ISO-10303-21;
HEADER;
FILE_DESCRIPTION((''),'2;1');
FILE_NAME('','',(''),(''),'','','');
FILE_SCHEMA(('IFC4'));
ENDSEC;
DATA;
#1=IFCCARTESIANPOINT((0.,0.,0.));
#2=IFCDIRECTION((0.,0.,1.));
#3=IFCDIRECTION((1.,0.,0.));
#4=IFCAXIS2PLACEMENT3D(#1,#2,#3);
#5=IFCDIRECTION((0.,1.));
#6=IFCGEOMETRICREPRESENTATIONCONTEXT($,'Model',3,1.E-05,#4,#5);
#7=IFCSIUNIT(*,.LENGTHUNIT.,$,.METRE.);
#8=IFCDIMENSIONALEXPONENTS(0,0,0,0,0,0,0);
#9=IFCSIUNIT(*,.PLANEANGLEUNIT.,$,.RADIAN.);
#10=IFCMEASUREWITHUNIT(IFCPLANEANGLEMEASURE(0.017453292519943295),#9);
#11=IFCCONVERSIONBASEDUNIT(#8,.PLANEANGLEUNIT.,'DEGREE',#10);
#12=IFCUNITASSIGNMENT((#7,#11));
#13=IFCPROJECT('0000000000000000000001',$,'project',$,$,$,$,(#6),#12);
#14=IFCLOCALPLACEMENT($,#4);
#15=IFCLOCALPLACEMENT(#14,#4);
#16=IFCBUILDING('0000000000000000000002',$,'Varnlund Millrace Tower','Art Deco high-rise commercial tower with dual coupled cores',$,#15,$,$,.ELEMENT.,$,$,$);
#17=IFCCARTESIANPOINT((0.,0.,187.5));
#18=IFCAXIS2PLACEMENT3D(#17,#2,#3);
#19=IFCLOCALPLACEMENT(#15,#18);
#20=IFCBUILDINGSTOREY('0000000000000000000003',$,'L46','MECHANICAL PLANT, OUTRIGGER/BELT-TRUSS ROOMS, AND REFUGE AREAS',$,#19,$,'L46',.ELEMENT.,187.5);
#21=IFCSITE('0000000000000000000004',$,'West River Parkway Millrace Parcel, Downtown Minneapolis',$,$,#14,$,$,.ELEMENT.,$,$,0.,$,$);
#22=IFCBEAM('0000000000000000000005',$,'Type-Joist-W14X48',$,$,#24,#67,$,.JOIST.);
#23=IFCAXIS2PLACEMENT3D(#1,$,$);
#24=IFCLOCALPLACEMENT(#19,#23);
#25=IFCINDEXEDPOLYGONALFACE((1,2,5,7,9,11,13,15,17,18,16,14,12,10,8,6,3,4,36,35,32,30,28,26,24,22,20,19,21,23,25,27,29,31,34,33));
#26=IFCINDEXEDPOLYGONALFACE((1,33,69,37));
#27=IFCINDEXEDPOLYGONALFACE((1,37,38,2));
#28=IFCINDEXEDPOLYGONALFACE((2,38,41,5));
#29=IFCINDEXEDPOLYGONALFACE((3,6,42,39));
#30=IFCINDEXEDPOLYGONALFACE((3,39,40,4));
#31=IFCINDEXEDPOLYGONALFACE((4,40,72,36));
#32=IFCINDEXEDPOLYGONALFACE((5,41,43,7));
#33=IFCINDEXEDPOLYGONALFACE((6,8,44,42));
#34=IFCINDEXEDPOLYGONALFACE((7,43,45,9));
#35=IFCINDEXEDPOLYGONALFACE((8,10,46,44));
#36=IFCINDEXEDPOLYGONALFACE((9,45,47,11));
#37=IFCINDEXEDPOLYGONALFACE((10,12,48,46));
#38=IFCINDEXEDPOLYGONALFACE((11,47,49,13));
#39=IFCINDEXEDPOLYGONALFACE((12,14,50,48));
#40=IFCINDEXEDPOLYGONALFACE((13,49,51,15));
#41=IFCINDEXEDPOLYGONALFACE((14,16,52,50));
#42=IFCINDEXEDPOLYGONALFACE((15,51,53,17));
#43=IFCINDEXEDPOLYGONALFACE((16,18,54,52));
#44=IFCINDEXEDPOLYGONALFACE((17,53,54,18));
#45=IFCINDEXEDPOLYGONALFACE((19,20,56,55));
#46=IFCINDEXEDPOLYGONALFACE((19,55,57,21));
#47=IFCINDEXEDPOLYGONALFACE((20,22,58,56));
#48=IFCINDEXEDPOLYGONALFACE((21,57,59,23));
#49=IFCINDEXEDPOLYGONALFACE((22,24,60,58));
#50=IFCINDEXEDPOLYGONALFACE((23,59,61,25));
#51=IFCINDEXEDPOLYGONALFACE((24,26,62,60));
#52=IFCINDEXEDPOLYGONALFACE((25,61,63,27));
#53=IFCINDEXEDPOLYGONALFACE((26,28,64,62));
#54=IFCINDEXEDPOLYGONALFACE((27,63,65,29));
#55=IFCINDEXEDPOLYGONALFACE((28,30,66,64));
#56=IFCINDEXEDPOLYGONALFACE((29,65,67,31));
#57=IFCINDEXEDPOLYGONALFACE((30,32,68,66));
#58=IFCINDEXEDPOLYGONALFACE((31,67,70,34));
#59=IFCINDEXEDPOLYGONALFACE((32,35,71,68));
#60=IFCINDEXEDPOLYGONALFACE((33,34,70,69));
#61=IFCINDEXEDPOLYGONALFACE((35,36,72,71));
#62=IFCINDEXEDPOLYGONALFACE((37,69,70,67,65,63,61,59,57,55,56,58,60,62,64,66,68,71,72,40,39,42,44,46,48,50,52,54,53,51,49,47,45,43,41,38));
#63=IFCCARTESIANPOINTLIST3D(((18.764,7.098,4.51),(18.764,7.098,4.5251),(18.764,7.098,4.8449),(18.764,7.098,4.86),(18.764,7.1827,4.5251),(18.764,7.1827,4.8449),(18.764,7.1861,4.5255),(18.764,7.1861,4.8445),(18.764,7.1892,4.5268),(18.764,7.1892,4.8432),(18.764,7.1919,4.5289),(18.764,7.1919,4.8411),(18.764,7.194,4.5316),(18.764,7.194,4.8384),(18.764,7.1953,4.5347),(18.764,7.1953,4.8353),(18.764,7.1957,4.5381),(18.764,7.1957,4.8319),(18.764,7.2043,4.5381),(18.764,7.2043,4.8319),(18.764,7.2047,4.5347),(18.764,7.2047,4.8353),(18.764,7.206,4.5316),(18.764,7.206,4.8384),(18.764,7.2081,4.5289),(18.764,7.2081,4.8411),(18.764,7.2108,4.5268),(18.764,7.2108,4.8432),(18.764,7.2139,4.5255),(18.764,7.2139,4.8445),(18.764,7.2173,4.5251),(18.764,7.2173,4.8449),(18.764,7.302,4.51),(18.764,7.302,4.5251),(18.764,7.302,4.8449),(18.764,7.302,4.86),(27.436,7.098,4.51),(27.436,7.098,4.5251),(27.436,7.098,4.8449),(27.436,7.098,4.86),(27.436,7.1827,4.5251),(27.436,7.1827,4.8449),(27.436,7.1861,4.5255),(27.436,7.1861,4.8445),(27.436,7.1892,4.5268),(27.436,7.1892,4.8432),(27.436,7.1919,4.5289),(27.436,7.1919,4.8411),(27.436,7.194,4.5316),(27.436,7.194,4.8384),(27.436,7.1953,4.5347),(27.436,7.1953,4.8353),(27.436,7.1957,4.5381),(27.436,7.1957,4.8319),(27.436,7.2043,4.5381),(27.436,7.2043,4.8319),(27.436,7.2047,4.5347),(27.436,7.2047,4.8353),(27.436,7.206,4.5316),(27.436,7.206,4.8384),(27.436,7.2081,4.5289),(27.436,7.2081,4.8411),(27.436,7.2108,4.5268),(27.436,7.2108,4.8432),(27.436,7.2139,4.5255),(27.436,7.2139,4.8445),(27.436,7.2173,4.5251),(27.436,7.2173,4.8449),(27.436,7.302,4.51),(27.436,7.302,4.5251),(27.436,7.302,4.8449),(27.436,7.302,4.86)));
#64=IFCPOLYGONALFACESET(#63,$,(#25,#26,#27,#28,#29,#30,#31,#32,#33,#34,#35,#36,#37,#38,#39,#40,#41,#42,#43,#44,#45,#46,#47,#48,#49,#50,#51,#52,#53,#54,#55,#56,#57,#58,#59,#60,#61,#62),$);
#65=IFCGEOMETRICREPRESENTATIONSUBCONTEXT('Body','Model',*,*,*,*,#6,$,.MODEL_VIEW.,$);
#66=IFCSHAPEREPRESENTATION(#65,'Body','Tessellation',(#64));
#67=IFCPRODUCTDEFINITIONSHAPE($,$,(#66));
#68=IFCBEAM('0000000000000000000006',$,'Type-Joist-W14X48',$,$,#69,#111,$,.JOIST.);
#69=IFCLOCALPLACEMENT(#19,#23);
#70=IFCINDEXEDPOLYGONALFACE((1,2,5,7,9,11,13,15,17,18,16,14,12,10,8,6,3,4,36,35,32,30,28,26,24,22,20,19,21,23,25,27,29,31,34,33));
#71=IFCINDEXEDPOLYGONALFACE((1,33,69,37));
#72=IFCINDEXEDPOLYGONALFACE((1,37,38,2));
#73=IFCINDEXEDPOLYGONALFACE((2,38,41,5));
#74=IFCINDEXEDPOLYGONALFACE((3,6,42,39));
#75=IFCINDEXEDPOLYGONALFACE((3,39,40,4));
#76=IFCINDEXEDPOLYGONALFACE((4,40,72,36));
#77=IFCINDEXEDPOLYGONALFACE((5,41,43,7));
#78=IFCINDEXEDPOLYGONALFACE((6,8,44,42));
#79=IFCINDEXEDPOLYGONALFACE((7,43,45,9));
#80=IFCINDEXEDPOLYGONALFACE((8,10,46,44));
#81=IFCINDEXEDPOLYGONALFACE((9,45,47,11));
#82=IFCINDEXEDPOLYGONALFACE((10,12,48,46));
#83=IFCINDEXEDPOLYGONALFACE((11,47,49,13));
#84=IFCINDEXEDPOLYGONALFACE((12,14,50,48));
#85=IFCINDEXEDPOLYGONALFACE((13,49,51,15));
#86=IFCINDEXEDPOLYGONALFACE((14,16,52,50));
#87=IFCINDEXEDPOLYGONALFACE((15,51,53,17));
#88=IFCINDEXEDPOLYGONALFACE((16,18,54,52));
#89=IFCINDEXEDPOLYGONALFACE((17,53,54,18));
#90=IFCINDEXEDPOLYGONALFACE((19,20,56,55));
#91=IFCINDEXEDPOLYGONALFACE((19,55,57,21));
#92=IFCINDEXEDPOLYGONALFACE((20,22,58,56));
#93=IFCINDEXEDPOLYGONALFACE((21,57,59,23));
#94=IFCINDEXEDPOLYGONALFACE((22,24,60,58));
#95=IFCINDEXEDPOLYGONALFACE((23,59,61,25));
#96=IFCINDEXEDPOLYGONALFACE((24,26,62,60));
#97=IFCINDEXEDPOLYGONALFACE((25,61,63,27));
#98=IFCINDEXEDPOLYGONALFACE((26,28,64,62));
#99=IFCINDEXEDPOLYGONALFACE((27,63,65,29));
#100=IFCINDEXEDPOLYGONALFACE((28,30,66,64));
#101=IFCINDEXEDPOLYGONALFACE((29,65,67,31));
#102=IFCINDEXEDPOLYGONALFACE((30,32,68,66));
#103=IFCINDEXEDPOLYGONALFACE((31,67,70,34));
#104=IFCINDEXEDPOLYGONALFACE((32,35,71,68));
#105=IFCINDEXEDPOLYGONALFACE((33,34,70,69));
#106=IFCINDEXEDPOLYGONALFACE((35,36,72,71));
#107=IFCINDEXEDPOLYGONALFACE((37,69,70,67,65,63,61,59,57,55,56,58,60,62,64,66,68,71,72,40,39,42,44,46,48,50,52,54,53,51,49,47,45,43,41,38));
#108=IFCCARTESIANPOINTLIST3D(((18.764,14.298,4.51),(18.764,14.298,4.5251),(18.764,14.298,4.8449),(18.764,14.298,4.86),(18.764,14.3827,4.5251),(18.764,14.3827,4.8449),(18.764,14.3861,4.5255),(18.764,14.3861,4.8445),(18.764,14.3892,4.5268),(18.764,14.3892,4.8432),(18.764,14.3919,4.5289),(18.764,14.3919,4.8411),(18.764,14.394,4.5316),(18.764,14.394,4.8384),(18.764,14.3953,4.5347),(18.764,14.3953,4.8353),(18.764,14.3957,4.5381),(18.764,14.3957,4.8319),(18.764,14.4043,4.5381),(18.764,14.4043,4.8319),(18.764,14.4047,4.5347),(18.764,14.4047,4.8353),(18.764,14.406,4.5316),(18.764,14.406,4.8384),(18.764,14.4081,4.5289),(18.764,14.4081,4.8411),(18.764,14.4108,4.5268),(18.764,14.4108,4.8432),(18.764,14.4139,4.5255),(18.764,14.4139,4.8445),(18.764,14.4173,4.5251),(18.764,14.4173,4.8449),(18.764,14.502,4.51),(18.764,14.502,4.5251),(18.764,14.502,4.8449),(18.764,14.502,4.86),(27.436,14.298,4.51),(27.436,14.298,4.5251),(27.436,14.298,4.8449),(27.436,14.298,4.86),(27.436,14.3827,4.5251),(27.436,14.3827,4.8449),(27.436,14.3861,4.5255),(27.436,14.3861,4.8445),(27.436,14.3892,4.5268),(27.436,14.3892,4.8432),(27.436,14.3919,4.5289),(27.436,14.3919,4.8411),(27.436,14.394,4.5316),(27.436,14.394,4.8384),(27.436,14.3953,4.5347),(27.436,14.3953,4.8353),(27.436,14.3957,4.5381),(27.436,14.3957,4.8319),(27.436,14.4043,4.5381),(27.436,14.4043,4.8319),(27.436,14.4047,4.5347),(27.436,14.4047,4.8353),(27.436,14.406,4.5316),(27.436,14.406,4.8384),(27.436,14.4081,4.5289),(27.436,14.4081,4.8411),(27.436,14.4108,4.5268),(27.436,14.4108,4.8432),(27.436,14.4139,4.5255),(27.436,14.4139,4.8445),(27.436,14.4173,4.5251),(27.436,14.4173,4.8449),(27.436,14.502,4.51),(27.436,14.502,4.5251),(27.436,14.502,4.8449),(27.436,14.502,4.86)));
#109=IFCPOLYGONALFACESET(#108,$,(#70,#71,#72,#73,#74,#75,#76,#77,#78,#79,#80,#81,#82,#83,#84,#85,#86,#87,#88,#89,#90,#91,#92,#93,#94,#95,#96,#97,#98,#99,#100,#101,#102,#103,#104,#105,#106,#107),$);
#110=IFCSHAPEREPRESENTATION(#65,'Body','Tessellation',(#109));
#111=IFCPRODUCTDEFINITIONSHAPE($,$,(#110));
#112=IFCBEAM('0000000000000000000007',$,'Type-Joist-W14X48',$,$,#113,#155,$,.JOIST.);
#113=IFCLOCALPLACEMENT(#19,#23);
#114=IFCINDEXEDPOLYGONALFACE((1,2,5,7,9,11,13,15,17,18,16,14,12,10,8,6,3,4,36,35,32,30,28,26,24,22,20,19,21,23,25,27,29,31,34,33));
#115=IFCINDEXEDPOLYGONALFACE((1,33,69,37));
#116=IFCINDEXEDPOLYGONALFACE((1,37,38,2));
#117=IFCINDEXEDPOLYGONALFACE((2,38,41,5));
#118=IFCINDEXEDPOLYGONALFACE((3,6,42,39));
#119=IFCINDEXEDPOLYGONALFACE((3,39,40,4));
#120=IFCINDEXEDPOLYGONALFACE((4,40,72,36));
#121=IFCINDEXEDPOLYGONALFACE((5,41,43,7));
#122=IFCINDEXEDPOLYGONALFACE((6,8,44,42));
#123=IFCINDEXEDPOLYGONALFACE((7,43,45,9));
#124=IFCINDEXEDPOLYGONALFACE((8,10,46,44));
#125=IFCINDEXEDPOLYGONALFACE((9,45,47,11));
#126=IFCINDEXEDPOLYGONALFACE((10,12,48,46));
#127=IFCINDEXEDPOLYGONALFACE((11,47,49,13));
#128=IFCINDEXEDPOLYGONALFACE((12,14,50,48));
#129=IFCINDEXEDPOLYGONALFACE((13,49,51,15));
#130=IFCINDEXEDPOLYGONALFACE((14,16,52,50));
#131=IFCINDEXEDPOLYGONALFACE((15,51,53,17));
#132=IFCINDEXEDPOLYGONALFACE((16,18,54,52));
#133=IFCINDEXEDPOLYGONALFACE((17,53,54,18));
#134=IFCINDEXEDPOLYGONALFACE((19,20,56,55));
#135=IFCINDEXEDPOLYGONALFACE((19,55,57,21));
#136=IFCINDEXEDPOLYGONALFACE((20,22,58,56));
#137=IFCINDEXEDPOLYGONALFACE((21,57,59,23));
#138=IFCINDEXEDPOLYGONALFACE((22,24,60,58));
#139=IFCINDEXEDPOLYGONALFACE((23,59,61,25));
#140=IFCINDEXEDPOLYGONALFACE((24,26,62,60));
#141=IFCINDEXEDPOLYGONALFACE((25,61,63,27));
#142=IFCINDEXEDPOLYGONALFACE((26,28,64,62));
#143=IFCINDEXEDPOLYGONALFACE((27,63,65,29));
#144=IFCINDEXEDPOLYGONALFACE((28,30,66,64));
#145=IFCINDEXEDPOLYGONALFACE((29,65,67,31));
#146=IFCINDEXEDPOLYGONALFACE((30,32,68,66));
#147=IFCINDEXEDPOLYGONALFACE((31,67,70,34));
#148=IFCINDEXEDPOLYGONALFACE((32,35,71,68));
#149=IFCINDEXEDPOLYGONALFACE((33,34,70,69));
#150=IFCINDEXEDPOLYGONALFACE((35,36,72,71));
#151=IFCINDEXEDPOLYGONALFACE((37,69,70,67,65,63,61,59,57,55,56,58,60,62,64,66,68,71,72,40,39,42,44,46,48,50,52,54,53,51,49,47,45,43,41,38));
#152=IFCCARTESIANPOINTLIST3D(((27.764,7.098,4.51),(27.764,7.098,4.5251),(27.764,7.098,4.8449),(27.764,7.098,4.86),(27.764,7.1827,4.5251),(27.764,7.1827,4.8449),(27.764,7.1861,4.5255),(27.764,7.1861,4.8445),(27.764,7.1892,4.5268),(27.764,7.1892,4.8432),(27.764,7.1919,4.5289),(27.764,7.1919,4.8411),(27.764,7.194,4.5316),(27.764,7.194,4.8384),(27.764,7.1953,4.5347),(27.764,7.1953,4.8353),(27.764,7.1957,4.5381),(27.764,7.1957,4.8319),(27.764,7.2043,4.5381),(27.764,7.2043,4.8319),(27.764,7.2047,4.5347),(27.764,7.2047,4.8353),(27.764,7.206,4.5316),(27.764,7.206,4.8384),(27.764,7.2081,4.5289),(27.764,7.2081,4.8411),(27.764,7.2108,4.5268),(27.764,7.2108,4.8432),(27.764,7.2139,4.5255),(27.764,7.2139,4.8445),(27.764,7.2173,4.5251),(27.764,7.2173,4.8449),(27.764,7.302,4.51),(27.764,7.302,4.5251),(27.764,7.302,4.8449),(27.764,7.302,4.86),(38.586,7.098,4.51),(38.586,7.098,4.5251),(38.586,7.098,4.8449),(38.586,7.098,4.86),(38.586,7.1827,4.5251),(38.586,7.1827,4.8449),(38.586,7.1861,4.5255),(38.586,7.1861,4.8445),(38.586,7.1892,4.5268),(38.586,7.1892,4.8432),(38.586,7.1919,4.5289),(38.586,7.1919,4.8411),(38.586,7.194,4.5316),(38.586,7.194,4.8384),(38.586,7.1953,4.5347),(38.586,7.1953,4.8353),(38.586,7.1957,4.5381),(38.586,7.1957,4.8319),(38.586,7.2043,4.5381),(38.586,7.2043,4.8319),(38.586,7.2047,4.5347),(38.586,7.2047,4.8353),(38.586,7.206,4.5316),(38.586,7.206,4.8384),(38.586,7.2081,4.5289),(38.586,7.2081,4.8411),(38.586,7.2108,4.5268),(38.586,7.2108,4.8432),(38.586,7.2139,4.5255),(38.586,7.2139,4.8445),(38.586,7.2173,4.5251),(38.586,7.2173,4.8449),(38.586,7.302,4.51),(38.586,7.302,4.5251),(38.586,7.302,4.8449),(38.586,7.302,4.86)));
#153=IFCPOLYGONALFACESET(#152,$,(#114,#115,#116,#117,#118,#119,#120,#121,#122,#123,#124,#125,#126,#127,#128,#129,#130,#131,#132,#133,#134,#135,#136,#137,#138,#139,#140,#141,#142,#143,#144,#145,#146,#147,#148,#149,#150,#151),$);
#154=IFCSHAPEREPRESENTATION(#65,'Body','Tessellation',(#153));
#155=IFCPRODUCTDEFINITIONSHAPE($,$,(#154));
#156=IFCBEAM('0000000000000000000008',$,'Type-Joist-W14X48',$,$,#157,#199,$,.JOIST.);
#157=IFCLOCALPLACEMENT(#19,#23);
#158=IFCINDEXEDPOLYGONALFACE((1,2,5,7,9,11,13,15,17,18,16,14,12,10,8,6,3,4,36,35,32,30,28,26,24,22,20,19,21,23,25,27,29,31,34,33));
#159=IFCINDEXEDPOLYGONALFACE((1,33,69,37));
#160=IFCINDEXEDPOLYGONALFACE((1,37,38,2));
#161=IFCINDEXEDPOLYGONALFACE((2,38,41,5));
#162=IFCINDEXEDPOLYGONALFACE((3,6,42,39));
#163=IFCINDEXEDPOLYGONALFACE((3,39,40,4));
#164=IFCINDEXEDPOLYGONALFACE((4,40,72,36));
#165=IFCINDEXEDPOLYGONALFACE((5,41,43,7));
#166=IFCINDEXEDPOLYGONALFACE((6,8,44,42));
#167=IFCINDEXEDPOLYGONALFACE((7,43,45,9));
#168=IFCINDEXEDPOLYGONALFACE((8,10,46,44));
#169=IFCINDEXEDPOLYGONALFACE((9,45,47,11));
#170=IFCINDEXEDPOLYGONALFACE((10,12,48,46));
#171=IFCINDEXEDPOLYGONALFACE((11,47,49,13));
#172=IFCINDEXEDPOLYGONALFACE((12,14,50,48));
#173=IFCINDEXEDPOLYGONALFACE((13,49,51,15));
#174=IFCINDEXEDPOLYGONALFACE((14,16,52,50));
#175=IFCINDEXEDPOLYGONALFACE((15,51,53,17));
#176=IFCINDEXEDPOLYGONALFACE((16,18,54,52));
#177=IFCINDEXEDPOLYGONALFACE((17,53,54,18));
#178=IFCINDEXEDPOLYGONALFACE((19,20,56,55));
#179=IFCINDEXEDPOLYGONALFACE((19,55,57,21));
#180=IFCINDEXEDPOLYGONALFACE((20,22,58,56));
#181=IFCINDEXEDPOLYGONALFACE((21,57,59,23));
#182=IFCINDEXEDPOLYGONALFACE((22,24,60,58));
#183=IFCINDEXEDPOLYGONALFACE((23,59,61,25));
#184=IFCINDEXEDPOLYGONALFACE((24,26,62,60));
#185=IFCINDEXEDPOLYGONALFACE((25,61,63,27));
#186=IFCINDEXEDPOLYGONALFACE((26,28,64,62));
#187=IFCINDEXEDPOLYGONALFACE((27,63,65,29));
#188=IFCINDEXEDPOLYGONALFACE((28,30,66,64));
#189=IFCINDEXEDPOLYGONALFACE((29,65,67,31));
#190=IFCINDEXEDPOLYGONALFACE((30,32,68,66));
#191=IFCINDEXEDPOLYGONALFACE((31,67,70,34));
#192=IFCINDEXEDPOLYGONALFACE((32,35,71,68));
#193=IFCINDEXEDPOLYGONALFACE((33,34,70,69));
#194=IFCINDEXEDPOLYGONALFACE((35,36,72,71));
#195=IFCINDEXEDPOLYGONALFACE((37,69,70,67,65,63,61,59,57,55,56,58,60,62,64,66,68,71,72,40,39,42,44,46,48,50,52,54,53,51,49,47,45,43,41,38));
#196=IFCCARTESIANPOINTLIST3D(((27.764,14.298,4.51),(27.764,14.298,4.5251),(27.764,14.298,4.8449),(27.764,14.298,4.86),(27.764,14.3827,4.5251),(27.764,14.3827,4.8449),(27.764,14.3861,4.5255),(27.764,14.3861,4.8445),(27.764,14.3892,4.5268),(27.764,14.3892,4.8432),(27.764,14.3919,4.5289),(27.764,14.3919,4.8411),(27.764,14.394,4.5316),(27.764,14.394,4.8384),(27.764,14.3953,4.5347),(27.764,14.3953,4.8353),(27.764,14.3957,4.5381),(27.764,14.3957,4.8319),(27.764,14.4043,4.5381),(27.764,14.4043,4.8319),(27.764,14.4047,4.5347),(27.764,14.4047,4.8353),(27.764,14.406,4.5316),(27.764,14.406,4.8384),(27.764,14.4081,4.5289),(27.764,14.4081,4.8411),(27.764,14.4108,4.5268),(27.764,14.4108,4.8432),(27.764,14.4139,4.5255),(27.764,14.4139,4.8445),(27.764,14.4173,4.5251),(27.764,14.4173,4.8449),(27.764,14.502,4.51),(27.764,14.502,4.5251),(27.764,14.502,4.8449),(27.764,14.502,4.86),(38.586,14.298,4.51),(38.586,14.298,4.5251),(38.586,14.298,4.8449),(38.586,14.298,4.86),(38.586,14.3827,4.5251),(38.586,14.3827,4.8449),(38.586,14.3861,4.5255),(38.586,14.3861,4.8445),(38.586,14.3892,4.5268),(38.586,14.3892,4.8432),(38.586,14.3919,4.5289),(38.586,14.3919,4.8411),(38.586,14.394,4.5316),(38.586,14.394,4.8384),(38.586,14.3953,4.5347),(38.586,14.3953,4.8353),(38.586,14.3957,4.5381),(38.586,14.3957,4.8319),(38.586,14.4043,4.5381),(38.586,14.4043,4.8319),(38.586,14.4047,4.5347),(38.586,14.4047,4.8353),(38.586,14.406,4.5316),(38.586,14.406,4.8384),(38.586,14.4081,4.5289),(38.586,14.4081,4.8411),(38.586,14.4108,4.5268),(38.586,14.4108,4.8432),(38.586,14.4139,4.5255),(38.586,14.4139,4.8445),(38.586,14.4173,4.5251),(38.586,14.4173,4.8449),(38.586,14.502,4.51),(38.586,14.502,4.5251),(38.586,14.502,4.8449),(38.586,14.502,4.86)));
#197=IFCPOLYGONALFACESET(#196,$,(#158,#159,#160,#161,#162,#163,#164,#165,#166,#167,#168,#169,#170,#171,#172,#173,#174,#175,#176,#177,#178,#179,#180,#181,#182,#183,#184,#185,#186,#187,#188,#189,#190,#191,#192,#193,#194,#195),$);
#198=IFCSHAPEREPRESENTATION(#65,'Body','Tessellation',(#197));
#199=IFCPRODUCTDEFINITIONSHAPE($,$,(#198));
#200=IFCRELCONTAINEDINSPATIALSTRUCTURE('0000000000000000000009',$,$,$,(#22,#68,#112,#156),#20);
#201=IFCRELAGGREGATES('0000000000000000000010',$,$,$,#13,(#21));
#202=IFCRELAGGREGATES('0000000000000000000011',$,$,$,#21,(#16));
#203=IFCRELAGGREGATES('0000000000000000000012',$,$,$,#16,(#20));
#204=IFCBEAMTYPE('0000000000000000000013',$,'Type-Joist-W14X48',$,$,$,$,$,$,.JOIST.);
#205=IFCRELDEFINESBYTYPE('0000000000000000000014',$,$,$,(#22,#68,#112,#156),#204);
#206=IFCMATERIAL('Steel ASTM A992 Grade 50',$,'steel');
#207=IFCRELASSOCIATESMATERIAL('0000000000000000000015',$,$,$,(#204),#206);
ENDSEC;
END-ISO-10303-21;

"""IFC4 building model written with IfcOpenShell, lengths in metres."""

from ifc_helpers import new_model, entity, si_unit, converted_unit, direction, frame, origin_with_axes, origin_2d_with_axis, place, context, subcontext, project, spatial, i_section, extrude, material, material_profile, profile_set, type_object, element, save


model = new_model("IFC4")

# Units and contexts
model_context = context("Model", 3, precision=1e-05, world=origin_with_axes(), true_north=direction((0.0, 1.0)))
body_context = subcontext(model_context, "Body", "Model", "MODEL_VIEW")
ifc_project = project(units=[si_unit("LENGTHUNIT", "METRE"), converted_unit("PLANEANGLEUNIT", "DEGREE", entity("IfcPlaneAngleMeasure", 0.017453292519943295), si_unit("PLANEANGLEUNIT", "RADIAN"), dimensions=[0, 0, 0, 0, 0, 0, 0])], contexts=[model_context])

# Site, building, storey
site_placement = place(None, origin_with_axes())
site = spatial("IfcSite", under=ifc_project, at=site_placement, Name="West River Parkway Millrace Parcel, Downtown Minneapolis", CompositionType="ELEMENT", RefElevation=0.0)
building_placement = place(site_placement, origin_with_axes())
building = spatial("IfcBuilding", under=site, at=building_placement, Name="Varnlund Millrace Tower", Description="Art Deco high-rise commercial tower with dual coupled cores", CompositionType="ELEMENT")
storey_placement = place(building_placement, frame((0.0, 0.0, 187.5), z_axis=(0.0, 0.0, 1.0), x_axis=(1.0, 0.0, 0.0)))
storey = spatial("IfcBuildingStorey", under=building, at=storey_placement, Name="L46", Description="MECHANICAL PLANT, OUTRIGGER/BELT-TRUSS ROOMS, AND REFUGE AREAS", LongName="L46", CompositionType="ELEMENT", Elevation=187.5)

# Shared definitions
ifc_material_1 = material(Name="Steel ASTM A992 Grade 50", Category="steel")

# Beams
ifc_material_profile_1 = material_profile(ifc_material_1, i_section(OverallWidth=0.204, OverallDepth=0.35, WebThickness=0.0086, FlangeThickness=0.0151, FilletRadius=0.013, at=origin_2d_with_axis()), Name="Steel ASTM A992 Grade 50")
ifc_profile_set_1 = profile_set([ifc_material_profile_1], Name="Steel ASTM A992 Grade 50")
beam_type_1 = type_object("IfcBeamType", Name="Type-Joist-W14X48", PredefinedType="JOIST", material=ifc_profile_set_1)
for number, where, z_axis, x_axis, name in (
    (1, (18.764, 7.2, 4.685), (1.0, 0.0, 0.0), (0.0, 1.0, 0.0), "Type-Joist-W14X48"),
    (2, (18.764, 14.4, 4.685), (1.0, 0.0, 0.0), (0.0, 1.0, 0.0), "Type-Joist-W14X48"),
):
    element("IfcBeam", number, at=place(storey_placement, frame(where, z_axis=z_axis, x_axis=x_axis)), inside=storey, type_object=beam_type_1, Name=name, PredefinedType="JOIST", context=body_context, shape_type="SweptSolid", body=[
        extrude(i_section(OverallWidth=0.204, OverallDepth=0.35, WebThickness=0.0086, FlangeThickness=0.0151, FilletRadius=0.013, at=origin_2d_with_axis()), origin_with_axes(), (0.0, 0.0, 1.0), 8.672),
    ])
for number, where, z_axis, x_axis, name in (
    (3, (27.764, 7.2, 4.685), (1.0, 0.0, 0.0), (0.0, 1.0, 0.0), "Type-Joist-W14X48"),
    (4, (27.764, 14.4, 4.685), (1.0, 0.0, 0.0), (0.0, 1.0, 0.0), "Type-Joist-W14X48"),
):
    element("IfcBeam", number, at=place(storey_placement, frame(where, z_axis=z_axis, x_axis=x_axis)), inside=storey, type_object=beam_type_1, Name=name, PredefinedType="JOIST", context=body_context, shape_type="SweptSolid", body=[
        extrude(i_section(OverallWidth=0.204, OverallDepth=0.35, WebThickness=0.0086, FlangeThickness=0.0151, FilletRadius=0.013, at=origin_2d_with_axis()), origin_with_axes(), (0.0, 0.0, 1.0), 10.822),
    ])

save(model, "model.ifc")
